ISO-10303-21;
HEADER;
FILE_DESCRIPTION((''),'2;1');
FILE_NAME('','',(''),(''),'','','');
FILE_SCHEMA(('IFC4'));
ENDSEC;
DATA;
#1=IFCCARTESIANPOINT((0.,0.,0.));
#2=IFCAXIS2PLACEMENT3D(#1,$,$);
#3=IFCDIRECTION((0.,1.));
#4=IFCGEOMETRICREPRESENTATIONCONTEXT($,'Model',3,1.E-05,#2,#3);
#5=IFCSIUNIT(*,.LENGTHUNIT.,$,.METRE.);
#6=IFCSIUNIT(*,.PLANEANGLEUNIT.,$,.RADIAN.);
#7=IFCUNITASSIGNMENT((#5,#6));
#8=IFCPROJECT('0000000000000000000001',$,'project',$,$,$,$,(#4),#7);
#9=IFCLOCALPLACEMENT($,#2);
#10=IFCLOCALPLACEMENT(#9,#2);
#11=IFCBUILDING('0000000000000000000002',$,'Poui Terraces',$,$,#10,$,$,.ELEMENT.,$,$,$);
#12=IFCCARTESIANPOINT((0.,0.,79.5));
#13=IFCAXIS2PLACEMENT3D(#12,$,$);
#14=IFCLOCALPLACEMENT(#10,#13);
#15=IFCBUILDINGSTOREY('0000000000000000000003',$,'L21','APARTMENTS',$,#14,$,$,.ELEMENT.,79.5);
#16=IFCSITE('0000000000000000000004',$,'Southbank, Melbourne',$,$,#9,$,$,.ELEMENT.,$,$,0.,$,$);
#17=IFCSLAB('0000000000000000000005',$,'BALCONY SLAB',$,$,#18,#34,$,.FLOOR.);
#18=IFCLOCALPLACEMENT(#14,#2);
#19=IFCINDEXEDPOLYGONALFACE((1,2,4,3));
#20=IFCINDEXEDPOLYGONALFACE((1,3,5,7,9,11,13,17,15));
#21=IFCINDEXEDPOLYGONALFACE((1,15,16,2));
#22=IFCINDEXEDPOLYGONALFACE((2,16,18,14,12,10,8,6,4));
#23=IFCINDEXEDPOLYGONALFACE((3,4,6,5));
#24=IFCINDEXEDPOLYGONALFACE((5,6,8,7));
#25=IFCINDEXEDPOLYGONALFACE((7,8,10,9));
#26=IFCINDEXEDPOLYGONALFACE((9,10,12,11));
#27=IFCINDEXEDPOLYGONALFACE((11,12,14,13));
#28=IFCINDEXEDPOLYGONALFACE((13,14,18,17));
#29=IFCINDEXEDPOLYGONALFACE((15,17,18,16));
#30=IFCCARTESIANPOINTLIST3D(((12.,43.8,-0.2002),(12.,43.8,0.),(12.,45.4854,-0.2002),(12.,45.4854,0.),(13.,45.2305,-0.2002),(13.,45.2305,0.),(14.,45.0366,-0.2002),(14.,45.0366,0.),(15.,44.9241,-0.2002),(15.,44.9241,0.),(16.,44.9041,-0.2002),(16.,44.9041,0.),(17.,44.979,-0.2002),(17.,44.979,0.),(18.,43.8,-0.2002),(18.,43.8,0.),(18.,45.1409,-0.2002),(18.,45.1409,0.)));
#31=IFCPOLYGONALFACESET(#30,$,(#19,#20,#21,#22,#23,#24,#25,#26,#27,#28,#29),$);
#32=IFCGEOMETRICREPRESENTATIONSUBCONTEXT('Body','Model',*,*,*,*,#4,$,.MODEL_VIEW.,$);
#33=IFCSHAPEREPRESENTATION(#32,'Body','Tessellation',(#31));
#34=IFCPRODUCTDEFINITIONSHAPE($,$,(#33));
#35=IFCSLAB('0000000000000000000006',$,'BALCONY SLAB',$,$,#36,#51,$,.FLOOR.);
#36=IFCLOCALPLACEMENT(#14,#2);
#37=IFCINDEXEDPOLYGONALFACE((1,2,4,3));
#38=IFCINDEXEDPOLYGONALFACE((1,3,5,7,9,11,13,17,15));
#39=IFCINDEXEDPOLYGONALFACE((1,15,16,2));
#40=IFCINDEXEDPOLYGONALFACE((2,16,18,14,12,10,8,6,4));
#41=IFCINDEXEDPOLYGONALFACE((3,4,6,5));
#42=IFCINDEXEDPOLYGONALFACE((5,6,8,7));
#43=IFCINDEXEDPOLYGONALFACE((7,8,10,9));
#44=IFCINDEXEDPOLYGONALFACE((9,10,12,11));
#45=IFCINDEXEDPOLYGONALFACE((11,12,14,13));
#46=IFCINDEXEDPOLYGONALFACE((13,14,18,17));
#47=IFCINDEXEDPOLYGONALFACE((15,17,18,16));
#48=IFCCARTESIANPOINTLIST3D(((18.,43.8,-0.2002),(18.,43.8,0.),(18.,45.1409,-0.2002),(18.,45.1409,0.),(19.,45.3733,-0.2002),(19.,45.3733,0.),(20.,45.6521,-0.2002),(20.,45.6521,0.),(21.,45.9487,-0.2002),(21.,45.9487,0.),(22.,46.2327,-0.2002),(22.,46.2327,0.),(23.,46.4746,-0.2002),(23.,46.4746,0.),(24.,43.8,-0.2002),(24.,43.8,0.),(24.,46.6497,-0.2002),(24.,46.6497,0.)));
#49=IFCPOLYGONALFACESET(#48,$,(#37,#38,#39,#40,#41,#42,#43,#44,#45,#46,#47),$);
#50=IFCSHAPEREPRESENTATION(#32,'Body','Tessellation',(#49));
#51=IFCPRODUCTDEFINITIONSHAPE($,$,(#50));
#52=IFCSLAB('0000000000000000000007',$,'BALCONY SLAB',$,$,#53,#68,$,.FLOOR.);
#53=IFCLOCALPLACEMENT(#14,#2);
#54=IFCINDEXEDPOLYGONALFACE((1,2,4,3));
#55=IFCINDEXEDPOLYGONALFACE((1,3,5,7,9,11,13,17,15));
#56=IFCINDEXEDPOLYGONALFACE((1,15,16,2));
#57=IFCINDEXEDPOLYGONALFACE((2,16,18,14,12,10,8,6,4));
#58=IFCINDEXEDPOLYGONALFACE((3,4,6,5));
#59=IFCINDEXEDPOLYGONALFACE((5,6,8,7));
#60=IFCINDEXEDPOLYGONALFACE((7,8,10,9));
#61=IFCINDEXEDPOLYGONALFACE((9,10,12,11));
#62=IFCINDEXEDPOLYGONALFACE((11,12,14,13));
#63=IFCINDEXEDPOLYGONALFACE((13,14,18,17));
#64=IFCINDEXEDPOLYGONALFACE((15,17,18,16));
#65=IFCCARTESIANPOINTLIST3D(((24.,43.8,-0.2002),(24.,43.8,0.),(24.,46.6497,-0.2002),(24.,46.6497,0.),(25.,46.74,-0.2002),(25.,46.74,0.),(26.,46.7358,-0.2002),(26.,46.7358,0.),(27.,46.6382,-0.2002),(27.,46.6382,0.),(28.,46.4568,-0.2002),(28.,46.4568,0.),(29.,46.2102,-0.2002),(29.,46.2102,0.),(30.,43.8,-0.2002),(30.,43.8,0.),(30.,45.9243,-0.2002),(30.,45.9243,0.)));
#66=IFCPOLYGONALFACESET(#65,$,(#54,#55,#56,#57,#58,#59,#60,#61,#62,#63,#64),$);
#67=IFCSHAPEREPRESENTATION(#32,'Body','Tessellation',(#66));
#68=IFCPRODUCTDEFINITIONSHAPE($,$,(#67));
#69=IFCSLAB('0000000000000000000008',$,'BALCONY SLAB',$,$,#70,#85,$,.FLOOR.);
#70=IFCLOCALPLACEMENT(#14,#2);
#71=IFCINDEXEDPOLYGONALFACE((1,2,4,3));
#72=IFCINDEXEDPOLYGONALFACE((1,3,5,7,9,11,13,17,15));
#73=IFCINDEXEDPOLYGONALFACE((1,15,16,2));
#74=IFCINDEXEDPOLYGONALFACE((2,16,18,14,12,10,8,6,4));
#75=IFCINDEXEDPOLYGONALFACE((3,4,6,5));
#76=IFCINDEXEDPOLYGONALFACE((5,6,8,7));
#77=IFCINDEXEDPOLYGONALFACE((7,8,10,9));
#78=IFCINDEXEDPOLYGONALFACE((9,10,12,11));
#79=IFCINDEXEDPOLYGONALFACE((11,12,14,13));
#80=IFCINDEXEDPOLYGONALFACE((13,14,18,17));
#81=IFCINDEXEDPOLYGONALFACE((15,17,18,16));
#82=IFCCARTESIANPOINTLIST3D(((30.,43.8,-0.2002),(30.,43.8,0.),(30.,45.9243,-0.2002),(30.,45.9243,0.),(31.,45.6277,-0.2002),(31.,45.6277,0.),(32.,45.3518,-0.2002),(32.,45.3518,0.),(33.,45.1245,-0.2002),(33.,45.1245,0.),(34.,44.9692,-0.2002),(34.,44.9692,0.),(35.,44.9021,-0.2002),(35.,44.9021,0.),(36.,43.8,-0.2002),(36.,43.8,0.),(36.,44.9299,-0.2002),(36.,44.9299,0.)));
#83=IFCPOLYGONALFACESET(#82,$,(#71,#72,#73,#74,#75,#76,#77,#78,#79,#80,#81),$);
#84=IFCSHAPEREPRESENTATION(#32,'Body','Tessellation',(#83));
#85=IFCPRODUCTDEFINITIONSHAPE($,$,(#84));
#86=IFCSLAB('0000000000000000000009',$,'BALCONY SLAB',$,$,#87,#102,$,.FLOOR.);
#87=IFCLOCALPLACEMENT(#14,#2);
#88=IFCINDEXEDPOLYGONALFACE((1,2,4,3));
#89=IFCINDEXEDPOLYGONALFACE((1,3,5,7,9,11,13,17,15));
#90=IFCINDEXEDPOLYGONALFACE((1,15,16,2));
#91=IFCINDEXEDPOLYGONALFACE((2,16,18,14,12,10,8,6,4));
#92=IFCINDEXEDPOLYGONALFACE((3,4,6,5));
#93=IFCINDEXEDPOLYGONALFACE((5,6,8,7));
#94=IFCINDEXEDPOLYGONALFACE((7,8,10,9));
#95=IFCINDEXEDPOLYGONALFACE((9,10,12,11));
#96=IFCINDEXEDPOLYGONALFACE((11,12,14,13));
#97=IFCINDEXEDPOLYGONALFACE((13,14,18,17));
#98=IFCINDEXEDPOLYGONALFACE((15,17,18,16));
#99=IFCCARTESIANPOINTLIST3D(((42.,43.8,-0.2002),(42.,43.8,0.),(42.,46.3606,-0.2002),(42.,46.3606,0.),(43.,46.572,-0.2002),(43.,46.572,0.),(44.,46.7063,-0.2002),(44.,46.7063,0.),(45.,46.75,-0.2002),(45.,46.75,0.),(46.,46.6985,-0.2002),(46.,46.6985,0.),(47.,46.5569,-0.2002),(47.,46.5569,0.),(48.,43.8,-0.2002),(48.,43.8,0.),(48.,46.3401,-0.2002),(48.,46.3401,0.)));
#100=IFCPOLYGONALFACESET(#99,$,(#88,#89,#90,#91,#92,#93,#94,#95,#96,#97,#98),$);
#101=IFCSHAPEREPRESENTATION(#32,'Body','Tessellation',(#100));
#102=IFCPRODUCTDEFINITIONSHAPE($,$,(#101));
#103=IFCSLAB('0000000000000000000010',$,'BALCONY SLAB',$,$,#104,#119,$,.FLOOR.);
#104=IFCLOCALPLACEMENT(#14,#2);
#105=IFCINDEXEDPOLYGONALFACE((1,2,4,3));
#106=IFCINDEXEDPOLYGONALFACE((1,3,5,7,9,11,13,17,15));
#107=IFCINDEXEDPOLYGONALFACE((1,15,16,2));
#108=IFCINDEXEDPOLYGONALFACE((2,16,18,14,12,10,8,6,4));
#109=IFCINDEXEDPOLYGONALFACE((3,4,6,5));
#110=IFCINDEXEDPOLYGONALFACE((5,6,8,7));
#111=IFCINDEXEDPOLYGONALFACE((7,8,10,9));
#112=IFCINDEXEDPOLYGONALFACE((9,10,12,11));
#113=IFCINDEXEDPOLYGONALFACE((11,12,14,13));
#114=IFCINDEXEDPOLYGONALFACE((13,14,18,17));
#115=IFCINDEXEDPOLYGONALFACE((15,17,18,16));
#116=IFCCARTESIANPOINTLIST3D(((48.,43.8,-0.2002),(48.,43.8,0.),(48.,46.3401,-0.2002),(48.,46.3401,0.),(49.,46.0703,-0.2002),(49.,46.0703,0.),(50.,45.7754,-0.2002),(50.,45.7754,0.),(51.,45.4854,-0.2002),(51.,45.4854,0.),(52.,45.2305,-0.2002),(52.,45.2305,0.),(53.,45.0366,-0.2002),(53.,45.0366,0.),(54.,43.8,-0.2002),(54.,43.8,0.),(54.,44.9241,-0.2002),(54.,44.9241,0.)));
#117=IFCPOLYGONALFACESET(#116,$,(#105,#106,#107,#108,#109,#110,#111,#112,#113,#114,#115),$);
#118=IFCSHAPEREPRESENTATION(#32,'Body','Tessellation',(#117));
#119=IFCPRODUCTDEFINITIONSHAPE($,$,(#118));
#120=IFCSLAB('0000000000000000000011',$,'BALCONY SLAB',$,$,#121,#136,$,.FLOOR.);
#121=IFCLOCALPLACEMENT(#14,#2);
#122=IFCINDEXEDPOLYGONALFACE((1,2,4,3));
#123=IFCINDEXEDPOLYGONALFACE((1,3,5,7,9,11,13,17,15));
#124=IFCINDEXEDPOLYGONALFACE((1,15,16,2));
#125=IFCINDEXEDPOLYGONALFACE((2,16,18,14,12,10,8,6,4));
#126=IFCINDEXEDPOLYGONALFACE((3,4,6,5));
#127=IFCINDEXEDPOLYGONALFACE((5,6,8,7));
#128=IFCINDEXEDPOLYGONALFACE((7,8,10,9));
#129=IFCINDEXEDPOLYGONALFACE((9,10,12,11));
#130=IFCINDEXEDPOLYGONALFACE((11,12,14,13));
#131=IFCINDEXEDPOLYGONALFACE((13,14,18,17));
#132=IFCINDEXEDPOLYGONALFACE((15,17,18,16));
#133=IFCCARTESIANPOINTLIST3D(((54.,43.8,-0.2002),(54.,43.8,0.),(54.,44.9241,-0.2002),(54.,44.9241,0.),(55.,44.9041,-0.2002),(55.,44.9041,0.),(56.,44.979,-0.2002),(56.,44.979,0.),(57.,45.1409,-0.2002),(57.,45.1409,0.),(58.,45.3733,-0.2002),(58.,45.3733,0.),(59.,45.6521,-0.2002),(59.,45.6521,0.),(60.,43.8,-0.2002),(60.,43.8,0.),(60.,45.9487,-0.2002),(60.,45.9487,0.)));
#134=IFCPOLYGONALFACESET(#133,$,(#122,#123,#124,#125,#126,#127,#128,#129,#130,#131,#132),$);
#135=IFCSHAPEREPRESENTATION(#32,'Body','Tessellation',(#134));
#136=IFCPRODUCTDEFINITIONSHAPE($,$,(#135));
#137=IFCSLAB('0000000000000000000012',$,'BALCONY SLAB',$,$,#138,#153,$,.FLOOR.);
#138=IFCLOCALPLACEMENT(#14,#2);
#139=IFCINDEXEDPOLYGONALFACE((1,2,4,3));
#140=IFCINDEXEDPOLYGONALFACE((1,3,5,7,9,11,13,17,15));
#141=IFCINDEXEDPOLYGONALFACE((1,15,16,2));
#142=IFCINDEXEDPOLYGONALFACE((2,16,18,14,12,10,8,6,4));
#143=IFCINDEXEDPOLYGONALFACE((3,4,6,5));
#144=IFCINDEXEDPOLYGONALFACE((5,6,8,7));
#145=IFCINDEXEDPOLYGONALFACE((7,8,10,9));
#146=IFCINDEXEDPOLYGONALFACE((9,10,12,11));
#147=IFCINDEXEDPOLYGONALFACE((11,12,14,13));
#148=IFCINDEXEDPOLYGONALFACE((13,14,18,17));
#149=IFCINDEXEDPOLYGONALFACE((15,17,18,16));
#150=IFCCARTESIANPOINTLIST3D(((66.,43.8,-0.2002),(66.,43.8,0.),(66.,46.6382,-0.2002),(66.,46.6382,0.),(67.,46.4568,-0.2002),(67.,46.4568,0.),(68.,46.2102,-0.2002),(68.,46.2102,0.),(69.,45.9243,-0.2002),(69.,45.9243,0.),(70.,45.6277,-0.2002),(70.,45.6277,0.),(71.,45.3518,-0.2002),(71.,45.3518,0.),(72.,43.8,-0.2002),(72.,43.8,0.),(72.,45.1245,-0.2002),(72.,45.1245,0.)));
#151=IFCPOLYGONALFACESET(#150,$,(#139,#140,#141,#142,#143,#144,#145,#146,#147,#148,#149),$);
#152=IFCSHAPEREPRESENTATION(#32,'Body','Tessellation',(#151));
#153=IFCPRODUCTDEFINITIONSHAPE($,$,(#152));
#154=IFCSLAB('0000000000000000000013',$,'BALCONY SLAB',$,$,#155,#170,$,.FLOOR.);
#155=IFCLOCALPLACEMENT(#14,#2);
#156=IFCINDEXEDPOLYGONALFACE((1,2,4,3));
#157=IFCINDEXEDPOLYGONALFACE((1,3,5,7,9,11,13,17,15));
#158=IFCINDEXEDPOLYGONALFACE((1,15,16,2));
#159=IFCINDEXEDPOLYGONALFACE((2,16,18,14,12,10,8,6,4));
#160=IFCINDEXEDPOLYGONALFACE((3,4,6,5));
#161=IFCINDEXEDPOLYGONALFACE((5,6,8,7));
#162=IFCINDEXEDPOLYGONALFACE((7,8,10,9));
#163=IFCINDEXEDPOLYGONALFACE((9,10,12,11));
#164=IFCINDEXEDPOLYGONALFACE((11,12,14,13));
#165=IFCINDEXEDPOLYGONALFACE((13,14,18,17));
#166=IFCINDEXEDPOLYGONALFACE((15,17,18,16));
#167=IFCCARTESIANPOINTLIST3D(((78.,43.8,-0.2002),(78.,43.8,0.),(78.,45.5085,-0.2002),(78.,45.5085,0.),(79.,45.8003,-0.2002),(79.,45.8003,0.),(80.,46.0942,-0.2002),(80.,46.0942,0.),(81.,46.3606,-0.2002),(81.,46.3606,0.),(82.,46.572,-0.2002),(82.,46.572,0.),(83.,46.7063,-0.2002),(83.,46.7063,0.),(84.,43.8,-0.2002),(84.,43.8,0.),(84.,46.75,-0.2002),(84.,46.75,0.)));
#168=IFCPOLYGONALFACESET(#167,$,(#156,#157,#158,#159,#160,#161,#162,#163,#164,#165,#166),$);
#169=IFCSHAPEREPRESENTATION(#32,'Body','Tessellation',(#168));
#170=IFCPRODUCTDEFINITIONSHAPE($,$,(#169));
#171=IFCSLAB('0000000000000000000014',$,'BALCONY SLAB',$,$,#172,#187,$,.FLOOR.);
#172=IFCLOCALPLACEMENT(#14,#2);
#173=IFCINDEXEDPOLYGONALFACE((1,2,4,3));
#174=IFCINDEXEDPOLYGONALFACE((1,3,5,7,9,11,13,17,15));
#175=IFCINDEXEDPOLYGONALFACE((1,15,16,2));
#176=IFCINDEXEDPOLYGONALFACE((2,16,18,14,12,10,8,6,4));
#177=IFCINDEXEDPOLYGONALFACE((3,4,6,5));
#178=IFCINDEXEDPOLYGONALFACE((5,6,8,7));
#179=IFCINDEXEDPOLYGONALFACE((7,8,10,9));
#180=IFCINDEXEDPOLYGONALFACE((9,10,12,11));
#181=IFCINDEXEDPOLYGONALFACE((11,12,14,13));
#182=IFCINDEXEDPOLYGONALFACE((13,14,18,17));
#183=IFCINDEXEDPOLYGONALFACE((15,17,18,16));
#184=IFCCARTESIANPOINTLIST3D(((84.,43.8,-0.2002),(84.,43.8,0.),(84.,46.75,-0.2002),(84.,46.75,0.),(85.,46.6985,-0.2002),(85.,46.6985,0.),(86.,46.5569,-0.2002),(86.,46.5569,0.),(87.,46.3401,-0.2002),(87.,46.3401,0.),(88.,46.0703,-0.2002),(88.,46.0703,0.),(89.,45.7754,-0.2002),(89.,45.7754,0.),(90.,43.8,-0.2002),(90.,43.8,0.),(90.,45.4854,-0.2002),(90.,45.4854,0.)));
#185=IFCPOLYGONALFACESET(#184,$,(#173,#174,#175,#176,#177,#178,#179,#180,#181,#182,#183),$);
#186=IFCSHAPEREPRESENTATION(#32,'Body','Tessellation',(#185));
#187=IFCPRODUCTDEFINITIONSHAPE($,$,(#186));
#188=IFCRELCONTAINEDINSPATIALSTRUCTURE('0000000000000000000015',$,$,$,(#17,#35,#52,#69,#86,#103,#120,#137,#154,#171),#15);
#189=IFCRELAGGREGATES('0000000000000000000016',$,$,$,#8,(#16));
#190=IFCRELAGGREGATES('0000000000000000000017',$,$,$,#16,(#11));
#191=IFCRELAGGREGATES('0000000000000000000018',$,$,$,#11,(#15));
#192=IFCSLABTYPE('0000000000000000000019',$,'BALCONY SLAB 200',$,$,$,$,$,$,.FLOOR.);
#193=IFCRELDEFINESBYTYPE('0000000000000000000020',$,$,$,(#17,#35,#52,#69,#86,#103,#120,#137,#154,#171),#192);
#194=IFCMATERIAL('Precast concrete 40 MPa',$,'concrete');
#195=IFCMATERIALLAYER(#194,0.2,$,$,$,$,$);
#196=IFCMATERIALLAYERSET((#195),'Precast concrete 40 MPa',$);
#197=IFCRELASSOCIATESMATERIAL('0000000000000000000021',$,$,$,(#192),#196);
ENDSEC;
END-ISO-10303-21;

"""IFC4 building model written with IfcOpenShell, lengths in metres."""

from ifc_helpers import new_model, si_unit, direction, frame, origin, place, context, subcontext, project, spatial, polyline, outline, extrude, material, layer, layer_set, type_object, element, save


model = new_model("IFC4")

# Units and contexts
model_context = context("Model", 3, precision=1e-05, world=origin(), true_north=direction((0.0, 1.0)))
body_context = subcontext(model_context, "Body", "Model", "MODEL_VIEW")
ifc_project = project(units=[si_unit("LENGTHUNIT", "METRE"), si_unit("PLANEANGLEUNIT", "RADIAN")], contexts=[model_context])

# Site, building, storey
site_placement = place(None, origin())
site = spatial("IfcSite", under=ifc_project, at=site_placement, Name="Southbank, Melbourne", CompositionType="ELEMENT", RefElevation=0.0)
building_placement = place(site_placement, origin())
building = spatial("IfcBuilding", under=site, at=building_placement, Name="Poui Terraces", CompositionType="ELEMENT")
storey_placement = place(building_placement, frame((0.0, 0.0, 79.5)))
storey = spatial("IfcBuildingStorey", under=building, at=storey_placement, Name="L21", Description="APARTMENTS", CompositionType="ELEMENT", Elevation=79.5)

# Slabs
ifc_material_1 = material(Name="Precast concrete 40 MPa", Category="concrete")
ifc_layer_1 = layer(ifc_material_1, 0.2)
ifc_layer_set_1 = layer_set([ifc_layer_1], Name="Precast concrete 40 MPa")
slab_type_1 = type_object("IfcSlabType", Name="BALCONY SLAB 200", PredefinedType="FLOOR", material=ifc_layer_set_1)
slab_1_placement = place(storey_placement, frame((0.0, 0.0, -0.2002)))
element("IfcSlab", 1, at=slab_1_placement, inside=storey, type_object=slab_type_1, Name="BALCONY SLAB", PredefinedType="FLOOR", context=body_context, shape_type="SweptSolid", body=[
    extrude(outline(polyline([(12.0, 43.8), (18.0, 43.8), (18.0, 45.1409), (17.0, 44.979), (16.0, 44.9041), (15.0, 44.9241), (14.0, 45.0366), (13.0, 45.2305), (12.0, 45.4854), (12.0, 43.8)])), origin(), (0.0, 0.0, 1.0), 0.2002),
])
slab_2_placement = place(storey_placement, frame((0.0, 0.0, -0.2002)))
element("IfcSlab", 2, at=slab_2_placement, inside=storey, type_object=slab_type_1, Name="BALCONY SLAB", PredefinedType="FLOOR", context=body_context, shape_type="SweptSolid", body=[
    extrude(outline(polyline([(18.0, 43.8), (24.0, 43.8), (24.0, 46.6497), (23.0, 46.4746), (22.0, 46.2327), (21.0, 45.9487), (20.0, 45.6521), (19.0, 45.3733), (18.0, 45.1409), (18.0, 43.8)])), origin(), (0.0, 0.0, 1.0), 0.2002),
])
slab_3_placement = place(storey_placement, frame((0.0, 0.0, -0.2002)))
element("IfcSlab", 3, at=slab_3_placement, inside=storey, type_object=slab_type_1, Name="BALCONY SLAB", PredefinedType="FLOOR", context=body_context, shape_type="SweptSolid", body=[
    extrude(outline(polyline([(24.0, 43.8), (30.0, 43.8), (30.0, 45.9243), (29.0, 46.2102), (28.0, 46.4568), (27.0, 46.6382), (26.0, 46.7358), (25.0, 46.74), (24.0, 46.6497), (24.0, 43.8)])), origin(), (0.0, 0.0, 1.0), 0.2002),
])
slab_4_placement = place(storey_placement, frame((0.0, 0.0, -0.2002)))
element("IfcSlab", 4, at=slab_4_placement, inside=storey, type_object=slab_type_1, Name="BALCONY SLAB", PredefinedType="FLOOR", context=body_context, shape_type="SweptSolid", body=[
    extrude(outline(polyline([(30.0, 43.8), (36.0, 43.8), (36.0, 44.9299), (35.0, 44.9021), (34.0, 44.9692), (33.0, 45.1245), (32.0, 45.3518), (31.0, 45.6277), (30.0, 45.9243), (30.0, 43.8)])), origin(), (0.0, 0.0, 1.0), 0.2002),
])
slab_5_placement = place(storey_placement, frame((0.0, 0.0, -0.2002)))
element("IfcSlab", 5, at=slab_5_placement, inside=storey, type_object=slab_type_1, Name="BALCONY SLAB", PredefinedType="FLOOR", context=body_context, shape_type="SweptSolid", body=[
    extrude(outline(polyline([(42.0, 43.8), (48.0, 43.8), (48.0, 46.3401), (47.0, 46.5569), (46.0, 46.6985), (45.0, 46.75), (44.0, 46.7063), (43.0, 46.572), (42.0, 46.3606), (42.0, 43.8)])), origin(), (0.0, 0.0, 1.0), 0.2002),
])
slab_6_placement = place(storey_placement, frame((0.0, 0.0, -0.2002)))
element("IfcSlab", 6, at=slab_6_placement, inside=storey, type_object=slab_type_1, Name="BALCONY SLAB", PredefinedType="FLOOR", context=body_context, shape_type="SweptSolid", body=[
    extrude(outline(polyline([(48.0, 43.8), (54.0, 43.8), (54.0, 44.9241), (53.0, 45.0366), (52.0, 45.2305), (51.0, 45.4854), (50.0, 45.7754), (49.0, 46.0703), (48.0, 46.3401), (48.0, 43.8)])), origin(), (0.0, 0.0, 1.0), 0.2002),
])
slab_7_placement = place(storey_placement, frame((0.0, 0.0, -0.2002)))
element("IfcSlab", 7, at=slab_7_placement, inside=storey, type_object=slab_type_1, Name="BALCONY SLAB", PredefinedType="FLOOR", context=body_context, shape_type="SweptSolid", body=[
    extrude(outline(polyline([(54.0, 43.8), (60.0, 43.8), (60.0, 45.9487), (59.0, 45.6521), (58.0, 45.3733), (57.0, 45.1409), (56.0, 44.979), (55.0, 44.9041), (54.0, 44.9241), (54.0, 43.8)])), origin(), (0.0, 0.0, 1.0), 0.2002),
])
slab_8_placement = place(storey_placement, frame((0.0, 0.0, -0.2002)))
element("IfcSlab", 8, at=slab_8_placement, inside=storey, type_object=slab_type_1, Name="BALCONY SLAB", PredefinedType="FLOOR", context=body_context, shape_type="SweptSolid", body=[
    extrude(outline(polyline([(66.0, 43.8), (72.0, 43.8), (72.0, 45.1245), (71.0, 45.3518), (70.0, 45.6277), (69.0, 45.9243), (68.0, 46.2102), (67.0, 46.4568), (66.0, 46.6382), (66.0, 43.8)])), origin(), (0.0, 0.0, 1.0), 0.2002),
])
slab_9_placement = place(storey_placement, frame((0.0, 0.0, -0.2002)))
element("IfcSlab", 9, at=slab_9_placement, inside=storey, type_object=slab_type_1, Name="BALCONY SLAB", PredefinedType="FLOOR", context=body_context, shape_type="SweptSolid", body=[
    extrude(outline(polyline([(78.0, 43.8), (84.0, 43.8), (84.0, 46.75), (83.0, 46.7063), (82.0, 46.572), (81.0, 46.3606), (80.0, 46.0942), (79.0, 45.8003), (78.0, 45.5085), (78.0, 43.8)])), origin(), (0.0, 0.0, 1.0), 0.2002),
])
slab_10_placement = place(storey_placement, frame((0.0, 0.0, -0.2002)))
element("IfcSlab", 10, at=slab_10_placement, inside=storey, type_object=slab_type_1, Name="BALCONY SLAB", PredefinedType="FLOOR", context=body_context, shape_type="SweptSolid", body=[
    extrude(outline(polyline([(84.0, 43.8), (90.0, 43.8), (90.0, 45.4854), (89.0, 45.7754), (88.0, 46.0703), (87.0, 46.3401), (86.0, 46.5569), (85.0, 46.6985), (84.0, 46.75), (84.0, 43.8)])), origin(), (0.0, 0.0, 1.0), 0.2002),
])

save(model, "model.ifc")
